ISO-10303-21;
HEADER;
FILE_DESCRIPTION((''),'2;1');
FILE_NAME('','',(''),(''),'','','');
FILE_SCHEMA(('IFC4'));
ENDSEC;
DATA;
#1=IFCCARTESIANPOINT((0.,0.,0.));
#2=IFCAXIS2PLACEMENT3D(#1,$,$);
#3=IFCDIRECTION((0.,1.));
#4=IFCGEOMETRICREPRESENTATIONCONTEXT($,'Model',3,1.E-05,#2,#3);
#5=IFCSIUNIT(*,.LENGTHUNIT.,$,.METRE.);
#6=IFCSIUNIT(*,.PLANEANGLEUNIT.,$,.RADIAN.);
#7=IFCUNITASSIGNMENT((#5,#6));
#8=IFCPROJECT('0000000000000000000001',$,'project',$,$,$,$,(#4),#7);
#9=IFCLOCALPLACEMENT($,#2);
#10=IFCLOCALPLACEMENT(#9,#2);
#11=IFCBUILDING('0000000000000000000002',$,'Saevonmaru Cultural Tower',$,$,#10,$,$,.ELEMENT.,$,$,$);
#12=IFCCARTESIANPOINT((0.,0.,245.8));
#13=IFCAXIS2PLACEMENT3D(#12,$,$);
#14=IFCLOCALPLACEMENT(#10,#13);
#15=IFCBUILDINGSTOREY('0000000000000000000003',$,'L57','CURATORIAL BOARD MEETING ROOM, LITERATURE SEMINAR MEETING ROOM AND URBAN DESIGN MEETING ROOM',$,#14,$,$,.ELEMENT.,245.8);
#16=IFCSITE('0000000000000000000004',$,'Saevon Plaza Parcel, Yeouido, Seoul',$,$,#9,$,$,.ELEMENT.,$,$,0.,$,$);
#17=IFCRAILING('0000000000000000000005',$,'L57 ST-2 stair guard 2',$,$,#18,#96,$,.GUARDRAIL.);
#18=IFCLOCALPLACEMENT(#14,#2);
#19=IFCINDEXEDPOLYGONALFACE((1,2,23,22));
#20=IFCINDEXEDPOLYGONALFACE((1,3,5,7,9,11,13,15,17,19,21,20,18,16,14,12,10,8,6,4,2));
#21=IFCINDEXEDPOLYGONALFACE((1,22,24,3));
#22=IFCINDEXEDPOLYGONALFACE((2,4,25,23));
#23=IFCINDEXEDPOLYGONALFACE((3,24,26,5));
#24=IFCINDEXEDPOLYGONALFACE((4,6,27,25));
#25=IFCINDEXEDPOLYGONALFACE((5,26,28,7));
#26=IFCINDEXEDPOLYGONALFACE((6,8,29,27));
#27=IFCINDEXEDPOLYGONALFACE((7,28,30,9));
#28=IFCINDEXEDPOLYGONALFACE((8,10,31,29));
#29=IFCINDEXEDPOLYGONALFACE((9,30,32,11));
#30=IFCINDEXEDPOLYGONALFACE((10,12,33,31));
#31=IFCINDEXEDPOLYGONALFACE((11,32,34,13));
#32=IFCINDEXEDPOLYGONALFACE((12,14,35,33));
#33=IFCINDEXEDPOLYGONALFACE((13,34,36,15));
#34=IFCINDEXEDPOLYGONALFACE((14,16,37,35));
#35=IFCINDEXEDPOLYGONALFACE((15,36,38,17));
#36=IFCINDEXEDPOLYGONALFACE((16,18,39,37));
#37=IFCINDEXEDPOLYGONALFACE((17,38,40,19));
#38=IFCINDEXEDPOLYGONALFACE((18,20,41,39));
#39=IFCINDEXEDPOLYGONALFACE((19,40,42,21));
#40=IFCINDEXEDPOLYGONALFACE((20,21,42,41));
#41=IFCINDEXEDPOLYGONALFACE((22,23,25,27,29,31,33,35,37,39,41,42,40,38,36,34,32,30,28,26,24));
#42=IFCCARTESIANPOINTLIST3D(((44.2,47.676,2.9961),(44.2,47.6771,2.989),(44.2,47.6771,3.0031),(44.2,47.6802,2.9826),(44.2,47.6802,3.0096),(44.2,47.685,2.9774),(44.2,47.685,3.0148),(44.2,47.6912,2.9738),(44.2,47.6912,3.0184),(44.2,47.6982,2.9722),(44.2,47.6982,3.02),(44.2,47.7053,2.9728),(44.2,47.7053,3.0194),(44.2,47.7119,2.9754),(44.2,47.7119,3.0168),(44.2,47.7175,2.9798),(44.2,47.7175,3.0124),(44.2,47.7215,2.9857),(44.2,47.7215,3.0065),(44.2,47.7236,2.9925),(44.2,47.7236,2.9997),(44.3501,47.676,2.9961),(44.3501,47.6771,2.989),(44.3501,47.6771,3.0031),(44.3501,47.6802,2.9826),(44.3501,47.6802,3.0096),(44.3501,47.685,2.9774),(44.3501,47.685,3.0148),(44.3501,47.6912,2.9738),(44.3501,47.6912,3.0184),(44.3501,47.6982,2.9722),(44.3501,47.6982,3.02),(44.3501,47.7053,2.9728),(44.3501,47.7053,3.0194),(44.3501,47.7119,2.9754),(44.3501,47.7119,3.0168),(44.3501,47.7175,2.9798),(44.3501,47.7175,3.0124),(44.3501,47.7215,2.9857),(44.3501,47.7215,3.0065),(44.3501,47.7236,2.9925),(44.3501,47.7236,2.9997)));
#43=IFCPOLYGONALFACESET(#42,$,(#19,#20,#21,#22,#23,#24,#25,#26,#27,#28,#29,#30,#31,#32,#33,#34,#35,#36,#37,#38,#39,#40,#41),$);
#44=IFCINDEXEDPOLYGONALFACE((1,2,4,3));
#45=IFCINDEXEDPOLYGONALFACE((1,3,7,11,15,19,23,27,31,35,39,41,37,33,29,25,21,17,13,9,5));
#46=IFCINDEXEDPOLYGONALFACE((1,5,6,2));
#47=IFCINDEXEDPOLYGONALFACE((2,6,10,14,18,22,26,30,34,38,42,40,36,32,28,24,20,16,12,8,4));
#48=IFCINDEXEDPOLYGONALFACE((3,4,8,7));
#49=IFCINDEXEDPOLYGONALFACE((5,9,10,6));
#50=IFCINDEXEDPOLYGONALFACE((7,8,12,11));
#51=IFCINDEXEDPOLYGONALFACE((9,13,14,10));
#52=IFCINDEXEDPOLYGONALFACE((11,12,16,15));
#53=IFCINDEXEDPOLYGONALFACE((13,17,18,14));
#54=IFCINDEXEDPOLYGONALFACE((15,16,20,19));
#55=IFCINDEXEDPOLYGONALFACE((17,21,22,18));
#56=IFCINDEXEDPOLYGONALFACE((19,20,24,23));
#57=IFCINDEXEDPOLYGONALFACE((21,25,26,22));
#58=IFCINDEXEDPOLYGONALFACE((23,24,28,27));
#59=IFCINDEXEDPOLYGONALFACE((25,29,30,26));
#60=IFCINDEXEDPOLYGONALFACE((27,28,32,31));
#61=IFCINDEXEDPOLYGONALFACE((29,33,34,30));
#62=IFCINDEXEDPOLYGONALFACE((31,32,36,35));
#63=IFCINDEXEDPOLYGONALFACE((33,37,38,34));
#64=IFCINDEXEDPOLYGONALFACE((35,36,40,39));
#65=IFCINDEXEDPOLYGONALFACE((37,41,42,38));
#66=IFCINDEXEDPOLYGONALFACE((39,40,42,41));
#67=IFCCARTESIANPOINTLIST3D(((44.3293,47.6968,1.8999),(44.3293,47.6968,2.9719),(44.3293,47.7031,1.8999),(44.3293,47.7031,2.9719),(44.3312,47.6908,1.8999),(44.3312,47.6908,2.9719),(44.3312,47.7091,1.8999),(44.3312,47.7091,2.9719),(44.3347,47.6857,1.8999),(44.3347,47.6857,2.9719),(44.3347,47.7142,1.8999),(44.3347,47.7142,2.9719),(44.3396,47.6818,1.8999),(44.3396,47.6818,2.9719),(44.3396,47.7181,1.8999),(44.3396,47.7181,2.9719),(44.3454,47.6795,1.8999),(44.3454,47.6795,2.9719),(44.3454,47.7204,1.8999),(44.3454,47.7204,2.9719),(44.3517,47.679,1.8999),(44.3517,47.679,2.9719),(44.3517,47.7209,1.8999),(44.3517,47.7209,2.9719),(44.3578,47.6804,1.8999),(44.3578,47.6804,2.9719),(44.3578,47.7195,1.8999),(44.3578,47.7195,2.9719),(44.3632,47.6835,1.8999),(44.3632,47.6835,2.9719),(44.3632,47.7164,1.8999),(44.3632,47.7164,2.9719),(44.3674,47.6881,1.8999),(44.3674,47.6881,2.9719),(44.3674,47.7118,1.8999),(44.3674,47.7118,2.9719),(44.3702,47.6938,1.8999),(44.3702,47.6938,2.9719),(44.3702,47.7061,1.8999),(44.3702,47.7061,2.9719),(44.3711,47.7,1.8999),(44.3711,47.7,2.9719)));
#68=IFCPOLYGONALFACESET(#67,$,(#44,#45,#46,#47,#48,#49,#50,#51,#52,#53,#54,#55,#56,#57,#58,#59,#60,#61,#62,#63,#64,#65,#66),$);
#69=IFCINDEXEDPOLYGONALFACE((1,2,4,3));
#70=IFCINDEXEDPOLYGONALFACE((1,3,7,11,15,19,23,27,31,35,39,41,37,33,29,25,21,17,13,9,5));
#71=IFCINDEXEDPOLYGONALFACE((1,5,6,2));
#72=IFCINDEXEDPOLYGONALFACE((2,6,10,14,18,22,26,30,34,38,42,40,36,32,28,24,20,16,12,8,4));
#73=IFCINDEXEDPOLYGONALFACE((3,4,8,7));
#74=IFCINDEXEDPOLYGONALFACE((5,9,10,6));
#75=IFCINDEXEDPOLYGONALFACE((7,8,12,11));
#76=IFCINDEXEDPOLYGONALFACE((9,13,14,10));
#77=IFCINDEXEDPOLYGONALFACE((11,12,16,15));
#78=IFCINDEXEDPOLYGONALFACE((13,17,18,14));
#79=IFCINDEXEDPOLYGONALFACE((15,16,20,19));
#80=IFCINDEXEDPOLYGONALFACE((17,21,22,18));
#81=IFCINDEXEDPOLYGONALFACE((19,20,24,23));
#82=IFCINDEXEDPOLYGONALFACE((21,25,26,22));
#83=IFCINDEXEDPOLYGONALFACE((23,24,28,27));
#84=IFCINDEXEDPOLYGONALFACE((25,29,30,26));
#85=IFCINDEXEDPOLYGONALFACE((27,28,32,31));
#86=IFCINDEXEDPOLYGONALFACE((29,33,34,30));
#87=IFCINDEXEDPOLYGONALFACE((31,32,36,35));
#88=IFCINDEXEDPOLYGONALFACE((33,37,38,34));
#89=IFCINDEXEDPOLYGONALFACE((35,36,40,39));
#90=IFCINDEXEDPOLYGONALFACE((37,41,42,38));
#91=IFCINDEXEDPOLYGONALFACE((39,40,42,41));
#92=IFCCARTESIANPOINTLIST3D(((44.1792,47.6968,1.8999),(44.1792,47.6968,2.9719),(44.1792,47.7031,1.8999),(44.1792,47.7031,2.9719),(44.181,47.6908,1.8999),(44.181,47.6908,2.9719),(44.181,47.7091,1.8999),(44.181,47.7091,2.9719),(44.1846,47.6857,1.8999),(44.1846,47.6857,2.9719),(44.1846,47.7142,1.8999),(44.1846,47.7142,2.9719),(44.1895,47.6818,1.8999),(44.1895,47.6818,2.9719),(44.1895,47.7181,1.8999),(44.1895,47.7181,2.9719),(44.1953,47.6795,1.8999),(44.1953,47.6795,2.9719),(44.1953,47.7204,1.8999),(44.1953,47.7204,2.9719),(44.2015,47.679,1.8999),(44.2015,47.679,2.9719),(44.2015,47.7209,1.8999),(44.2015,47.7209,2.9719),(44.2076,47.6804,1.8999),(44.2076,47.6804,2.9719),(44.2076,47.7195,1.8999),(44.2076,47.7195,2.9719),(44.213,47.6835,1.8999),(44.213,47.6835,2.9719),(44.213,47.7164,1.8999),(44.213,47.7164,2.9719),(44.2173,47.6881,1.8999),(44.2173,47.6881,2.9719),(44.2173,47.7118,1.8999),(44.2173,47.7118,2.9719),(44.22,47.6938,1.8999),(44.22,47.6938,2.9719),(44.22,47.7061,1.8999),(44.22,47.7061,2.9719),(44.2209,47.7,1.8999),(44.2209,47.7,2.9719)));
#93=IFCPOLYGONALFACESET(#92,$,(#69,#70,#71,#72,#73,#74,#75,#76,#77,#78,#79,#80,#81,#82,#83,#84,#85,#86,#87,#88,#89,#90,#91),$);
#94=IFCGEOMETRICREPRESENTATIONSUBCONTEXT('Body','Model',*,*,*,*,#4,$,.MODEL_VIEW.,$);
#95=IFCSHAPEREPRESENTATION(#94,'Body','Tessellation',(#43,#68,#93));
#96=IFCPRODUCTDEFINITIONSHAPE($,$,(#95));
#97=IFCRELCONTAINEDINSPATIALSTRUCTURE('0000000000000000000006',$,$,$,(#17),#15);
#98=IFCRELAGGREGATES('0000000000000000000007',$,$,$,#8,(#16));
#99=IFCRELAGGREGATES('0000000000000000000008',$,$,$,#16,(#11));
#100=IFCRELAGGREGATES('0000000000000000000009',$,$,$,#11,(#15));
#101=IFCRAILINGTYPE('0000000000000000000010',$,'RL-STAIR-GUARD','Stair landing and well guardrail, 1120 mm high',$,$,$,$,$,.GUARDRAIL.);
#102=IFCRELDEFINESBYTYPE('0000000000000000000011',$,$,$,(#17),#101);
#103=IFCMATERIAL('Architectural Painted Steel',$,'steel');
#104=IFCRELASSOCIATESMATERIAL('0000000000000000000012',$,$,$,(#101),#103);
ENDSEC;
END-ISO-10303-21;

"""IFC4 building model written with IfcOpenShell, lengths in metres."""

from ifc_helpers import new_model, si_unit, direction, frame, origin, origin_2d, place, context, subcontext, project, spatial, circle, extrude, material, type_object, element, save


model = new_model("IFC4")

# Units and contexts
model_context = context("Model", 3, precision=1e-05, world=origin(), true_north=direction((0.0, 1.0)))
body_context = subcontext(model_context, "Body", "Model", "MODEL_VIEW")
ifc_project = project(units=[si_unit("LENGTHUNIT", "METRE"), si_unit("PLANEANGLEUNIT", "RADIAN")], contexts=[model_context])

# Site, building, storey
site_placement = place(None, origin())
site = spatial("IfcSite", under=ifc_project, at=site_placement, Name="Saevon Plaza Parcel, Yeouido, Seoul", CompositionType="ELEMENT", RefElevation=0.0)
building_placement = place(site_placement, origin())
building = spatial("IfcBuilding", under=site, at=building_placement, Name="Saevonmaru Cultural Tower", CompositionType="ELEMENT")
storey_placement = place(building_placement, frame((0.0, 0.0, 245.8)))
storey = spatial("IfcBuildingStorey", under=building, at=storey_placement, Name="L57", Description="CURATORIAL BOARD MEETING ROOM, LITERATURE SEMINAR MEETING ROOM AND URBAN DESIGN MEETING ROOM", CompositionType="ELEMENT", Elevation=245.8)

# Railing
ifc_material_1 = material(Name="Architectural Painted Steel", Category="steel")
railing_type_1 = type_object("IfcRailingType", Name="RL-STAIR-GUARD", Description="Stair landing and well guardrail, 1120 mm high", PredefinedType="GUARDRAIL", material=ifc_material_1)
railing_1_placement = place(storey_placement, frame((44.3501, 47.7, 1.8999)))
element("IfcRailing", 1, at=railing_1_placement, inside=storey, type_object=railing_type_1, Name="L57 ST-2 stair guard 2", PredefinedType="GUARDRAIL", context=body_context, shape_type="SweptSolid", body=[
    extrude(circle(Radius=0.0239, at=origin_2d()), frame((0.0, 0.0, 1.0962), z_axis=(-1.0, 0.0, 0.0), x_axis=(0.0, -1.0, 0.0)), (0.0, 0.0, 1.0), 0.1501),
    extrude(circle(Radius=0.021, at=origin_2d()), origin(), (0.0, 0.0, 1.0), 1.072),
    extrude(circle(Radius=0.021, at=origin_2d()), frame((-0.1501, 0.0, 0.0)), (0.0, 0.0, 1.0), 1.072),
])

save(model, "model.ifc")
